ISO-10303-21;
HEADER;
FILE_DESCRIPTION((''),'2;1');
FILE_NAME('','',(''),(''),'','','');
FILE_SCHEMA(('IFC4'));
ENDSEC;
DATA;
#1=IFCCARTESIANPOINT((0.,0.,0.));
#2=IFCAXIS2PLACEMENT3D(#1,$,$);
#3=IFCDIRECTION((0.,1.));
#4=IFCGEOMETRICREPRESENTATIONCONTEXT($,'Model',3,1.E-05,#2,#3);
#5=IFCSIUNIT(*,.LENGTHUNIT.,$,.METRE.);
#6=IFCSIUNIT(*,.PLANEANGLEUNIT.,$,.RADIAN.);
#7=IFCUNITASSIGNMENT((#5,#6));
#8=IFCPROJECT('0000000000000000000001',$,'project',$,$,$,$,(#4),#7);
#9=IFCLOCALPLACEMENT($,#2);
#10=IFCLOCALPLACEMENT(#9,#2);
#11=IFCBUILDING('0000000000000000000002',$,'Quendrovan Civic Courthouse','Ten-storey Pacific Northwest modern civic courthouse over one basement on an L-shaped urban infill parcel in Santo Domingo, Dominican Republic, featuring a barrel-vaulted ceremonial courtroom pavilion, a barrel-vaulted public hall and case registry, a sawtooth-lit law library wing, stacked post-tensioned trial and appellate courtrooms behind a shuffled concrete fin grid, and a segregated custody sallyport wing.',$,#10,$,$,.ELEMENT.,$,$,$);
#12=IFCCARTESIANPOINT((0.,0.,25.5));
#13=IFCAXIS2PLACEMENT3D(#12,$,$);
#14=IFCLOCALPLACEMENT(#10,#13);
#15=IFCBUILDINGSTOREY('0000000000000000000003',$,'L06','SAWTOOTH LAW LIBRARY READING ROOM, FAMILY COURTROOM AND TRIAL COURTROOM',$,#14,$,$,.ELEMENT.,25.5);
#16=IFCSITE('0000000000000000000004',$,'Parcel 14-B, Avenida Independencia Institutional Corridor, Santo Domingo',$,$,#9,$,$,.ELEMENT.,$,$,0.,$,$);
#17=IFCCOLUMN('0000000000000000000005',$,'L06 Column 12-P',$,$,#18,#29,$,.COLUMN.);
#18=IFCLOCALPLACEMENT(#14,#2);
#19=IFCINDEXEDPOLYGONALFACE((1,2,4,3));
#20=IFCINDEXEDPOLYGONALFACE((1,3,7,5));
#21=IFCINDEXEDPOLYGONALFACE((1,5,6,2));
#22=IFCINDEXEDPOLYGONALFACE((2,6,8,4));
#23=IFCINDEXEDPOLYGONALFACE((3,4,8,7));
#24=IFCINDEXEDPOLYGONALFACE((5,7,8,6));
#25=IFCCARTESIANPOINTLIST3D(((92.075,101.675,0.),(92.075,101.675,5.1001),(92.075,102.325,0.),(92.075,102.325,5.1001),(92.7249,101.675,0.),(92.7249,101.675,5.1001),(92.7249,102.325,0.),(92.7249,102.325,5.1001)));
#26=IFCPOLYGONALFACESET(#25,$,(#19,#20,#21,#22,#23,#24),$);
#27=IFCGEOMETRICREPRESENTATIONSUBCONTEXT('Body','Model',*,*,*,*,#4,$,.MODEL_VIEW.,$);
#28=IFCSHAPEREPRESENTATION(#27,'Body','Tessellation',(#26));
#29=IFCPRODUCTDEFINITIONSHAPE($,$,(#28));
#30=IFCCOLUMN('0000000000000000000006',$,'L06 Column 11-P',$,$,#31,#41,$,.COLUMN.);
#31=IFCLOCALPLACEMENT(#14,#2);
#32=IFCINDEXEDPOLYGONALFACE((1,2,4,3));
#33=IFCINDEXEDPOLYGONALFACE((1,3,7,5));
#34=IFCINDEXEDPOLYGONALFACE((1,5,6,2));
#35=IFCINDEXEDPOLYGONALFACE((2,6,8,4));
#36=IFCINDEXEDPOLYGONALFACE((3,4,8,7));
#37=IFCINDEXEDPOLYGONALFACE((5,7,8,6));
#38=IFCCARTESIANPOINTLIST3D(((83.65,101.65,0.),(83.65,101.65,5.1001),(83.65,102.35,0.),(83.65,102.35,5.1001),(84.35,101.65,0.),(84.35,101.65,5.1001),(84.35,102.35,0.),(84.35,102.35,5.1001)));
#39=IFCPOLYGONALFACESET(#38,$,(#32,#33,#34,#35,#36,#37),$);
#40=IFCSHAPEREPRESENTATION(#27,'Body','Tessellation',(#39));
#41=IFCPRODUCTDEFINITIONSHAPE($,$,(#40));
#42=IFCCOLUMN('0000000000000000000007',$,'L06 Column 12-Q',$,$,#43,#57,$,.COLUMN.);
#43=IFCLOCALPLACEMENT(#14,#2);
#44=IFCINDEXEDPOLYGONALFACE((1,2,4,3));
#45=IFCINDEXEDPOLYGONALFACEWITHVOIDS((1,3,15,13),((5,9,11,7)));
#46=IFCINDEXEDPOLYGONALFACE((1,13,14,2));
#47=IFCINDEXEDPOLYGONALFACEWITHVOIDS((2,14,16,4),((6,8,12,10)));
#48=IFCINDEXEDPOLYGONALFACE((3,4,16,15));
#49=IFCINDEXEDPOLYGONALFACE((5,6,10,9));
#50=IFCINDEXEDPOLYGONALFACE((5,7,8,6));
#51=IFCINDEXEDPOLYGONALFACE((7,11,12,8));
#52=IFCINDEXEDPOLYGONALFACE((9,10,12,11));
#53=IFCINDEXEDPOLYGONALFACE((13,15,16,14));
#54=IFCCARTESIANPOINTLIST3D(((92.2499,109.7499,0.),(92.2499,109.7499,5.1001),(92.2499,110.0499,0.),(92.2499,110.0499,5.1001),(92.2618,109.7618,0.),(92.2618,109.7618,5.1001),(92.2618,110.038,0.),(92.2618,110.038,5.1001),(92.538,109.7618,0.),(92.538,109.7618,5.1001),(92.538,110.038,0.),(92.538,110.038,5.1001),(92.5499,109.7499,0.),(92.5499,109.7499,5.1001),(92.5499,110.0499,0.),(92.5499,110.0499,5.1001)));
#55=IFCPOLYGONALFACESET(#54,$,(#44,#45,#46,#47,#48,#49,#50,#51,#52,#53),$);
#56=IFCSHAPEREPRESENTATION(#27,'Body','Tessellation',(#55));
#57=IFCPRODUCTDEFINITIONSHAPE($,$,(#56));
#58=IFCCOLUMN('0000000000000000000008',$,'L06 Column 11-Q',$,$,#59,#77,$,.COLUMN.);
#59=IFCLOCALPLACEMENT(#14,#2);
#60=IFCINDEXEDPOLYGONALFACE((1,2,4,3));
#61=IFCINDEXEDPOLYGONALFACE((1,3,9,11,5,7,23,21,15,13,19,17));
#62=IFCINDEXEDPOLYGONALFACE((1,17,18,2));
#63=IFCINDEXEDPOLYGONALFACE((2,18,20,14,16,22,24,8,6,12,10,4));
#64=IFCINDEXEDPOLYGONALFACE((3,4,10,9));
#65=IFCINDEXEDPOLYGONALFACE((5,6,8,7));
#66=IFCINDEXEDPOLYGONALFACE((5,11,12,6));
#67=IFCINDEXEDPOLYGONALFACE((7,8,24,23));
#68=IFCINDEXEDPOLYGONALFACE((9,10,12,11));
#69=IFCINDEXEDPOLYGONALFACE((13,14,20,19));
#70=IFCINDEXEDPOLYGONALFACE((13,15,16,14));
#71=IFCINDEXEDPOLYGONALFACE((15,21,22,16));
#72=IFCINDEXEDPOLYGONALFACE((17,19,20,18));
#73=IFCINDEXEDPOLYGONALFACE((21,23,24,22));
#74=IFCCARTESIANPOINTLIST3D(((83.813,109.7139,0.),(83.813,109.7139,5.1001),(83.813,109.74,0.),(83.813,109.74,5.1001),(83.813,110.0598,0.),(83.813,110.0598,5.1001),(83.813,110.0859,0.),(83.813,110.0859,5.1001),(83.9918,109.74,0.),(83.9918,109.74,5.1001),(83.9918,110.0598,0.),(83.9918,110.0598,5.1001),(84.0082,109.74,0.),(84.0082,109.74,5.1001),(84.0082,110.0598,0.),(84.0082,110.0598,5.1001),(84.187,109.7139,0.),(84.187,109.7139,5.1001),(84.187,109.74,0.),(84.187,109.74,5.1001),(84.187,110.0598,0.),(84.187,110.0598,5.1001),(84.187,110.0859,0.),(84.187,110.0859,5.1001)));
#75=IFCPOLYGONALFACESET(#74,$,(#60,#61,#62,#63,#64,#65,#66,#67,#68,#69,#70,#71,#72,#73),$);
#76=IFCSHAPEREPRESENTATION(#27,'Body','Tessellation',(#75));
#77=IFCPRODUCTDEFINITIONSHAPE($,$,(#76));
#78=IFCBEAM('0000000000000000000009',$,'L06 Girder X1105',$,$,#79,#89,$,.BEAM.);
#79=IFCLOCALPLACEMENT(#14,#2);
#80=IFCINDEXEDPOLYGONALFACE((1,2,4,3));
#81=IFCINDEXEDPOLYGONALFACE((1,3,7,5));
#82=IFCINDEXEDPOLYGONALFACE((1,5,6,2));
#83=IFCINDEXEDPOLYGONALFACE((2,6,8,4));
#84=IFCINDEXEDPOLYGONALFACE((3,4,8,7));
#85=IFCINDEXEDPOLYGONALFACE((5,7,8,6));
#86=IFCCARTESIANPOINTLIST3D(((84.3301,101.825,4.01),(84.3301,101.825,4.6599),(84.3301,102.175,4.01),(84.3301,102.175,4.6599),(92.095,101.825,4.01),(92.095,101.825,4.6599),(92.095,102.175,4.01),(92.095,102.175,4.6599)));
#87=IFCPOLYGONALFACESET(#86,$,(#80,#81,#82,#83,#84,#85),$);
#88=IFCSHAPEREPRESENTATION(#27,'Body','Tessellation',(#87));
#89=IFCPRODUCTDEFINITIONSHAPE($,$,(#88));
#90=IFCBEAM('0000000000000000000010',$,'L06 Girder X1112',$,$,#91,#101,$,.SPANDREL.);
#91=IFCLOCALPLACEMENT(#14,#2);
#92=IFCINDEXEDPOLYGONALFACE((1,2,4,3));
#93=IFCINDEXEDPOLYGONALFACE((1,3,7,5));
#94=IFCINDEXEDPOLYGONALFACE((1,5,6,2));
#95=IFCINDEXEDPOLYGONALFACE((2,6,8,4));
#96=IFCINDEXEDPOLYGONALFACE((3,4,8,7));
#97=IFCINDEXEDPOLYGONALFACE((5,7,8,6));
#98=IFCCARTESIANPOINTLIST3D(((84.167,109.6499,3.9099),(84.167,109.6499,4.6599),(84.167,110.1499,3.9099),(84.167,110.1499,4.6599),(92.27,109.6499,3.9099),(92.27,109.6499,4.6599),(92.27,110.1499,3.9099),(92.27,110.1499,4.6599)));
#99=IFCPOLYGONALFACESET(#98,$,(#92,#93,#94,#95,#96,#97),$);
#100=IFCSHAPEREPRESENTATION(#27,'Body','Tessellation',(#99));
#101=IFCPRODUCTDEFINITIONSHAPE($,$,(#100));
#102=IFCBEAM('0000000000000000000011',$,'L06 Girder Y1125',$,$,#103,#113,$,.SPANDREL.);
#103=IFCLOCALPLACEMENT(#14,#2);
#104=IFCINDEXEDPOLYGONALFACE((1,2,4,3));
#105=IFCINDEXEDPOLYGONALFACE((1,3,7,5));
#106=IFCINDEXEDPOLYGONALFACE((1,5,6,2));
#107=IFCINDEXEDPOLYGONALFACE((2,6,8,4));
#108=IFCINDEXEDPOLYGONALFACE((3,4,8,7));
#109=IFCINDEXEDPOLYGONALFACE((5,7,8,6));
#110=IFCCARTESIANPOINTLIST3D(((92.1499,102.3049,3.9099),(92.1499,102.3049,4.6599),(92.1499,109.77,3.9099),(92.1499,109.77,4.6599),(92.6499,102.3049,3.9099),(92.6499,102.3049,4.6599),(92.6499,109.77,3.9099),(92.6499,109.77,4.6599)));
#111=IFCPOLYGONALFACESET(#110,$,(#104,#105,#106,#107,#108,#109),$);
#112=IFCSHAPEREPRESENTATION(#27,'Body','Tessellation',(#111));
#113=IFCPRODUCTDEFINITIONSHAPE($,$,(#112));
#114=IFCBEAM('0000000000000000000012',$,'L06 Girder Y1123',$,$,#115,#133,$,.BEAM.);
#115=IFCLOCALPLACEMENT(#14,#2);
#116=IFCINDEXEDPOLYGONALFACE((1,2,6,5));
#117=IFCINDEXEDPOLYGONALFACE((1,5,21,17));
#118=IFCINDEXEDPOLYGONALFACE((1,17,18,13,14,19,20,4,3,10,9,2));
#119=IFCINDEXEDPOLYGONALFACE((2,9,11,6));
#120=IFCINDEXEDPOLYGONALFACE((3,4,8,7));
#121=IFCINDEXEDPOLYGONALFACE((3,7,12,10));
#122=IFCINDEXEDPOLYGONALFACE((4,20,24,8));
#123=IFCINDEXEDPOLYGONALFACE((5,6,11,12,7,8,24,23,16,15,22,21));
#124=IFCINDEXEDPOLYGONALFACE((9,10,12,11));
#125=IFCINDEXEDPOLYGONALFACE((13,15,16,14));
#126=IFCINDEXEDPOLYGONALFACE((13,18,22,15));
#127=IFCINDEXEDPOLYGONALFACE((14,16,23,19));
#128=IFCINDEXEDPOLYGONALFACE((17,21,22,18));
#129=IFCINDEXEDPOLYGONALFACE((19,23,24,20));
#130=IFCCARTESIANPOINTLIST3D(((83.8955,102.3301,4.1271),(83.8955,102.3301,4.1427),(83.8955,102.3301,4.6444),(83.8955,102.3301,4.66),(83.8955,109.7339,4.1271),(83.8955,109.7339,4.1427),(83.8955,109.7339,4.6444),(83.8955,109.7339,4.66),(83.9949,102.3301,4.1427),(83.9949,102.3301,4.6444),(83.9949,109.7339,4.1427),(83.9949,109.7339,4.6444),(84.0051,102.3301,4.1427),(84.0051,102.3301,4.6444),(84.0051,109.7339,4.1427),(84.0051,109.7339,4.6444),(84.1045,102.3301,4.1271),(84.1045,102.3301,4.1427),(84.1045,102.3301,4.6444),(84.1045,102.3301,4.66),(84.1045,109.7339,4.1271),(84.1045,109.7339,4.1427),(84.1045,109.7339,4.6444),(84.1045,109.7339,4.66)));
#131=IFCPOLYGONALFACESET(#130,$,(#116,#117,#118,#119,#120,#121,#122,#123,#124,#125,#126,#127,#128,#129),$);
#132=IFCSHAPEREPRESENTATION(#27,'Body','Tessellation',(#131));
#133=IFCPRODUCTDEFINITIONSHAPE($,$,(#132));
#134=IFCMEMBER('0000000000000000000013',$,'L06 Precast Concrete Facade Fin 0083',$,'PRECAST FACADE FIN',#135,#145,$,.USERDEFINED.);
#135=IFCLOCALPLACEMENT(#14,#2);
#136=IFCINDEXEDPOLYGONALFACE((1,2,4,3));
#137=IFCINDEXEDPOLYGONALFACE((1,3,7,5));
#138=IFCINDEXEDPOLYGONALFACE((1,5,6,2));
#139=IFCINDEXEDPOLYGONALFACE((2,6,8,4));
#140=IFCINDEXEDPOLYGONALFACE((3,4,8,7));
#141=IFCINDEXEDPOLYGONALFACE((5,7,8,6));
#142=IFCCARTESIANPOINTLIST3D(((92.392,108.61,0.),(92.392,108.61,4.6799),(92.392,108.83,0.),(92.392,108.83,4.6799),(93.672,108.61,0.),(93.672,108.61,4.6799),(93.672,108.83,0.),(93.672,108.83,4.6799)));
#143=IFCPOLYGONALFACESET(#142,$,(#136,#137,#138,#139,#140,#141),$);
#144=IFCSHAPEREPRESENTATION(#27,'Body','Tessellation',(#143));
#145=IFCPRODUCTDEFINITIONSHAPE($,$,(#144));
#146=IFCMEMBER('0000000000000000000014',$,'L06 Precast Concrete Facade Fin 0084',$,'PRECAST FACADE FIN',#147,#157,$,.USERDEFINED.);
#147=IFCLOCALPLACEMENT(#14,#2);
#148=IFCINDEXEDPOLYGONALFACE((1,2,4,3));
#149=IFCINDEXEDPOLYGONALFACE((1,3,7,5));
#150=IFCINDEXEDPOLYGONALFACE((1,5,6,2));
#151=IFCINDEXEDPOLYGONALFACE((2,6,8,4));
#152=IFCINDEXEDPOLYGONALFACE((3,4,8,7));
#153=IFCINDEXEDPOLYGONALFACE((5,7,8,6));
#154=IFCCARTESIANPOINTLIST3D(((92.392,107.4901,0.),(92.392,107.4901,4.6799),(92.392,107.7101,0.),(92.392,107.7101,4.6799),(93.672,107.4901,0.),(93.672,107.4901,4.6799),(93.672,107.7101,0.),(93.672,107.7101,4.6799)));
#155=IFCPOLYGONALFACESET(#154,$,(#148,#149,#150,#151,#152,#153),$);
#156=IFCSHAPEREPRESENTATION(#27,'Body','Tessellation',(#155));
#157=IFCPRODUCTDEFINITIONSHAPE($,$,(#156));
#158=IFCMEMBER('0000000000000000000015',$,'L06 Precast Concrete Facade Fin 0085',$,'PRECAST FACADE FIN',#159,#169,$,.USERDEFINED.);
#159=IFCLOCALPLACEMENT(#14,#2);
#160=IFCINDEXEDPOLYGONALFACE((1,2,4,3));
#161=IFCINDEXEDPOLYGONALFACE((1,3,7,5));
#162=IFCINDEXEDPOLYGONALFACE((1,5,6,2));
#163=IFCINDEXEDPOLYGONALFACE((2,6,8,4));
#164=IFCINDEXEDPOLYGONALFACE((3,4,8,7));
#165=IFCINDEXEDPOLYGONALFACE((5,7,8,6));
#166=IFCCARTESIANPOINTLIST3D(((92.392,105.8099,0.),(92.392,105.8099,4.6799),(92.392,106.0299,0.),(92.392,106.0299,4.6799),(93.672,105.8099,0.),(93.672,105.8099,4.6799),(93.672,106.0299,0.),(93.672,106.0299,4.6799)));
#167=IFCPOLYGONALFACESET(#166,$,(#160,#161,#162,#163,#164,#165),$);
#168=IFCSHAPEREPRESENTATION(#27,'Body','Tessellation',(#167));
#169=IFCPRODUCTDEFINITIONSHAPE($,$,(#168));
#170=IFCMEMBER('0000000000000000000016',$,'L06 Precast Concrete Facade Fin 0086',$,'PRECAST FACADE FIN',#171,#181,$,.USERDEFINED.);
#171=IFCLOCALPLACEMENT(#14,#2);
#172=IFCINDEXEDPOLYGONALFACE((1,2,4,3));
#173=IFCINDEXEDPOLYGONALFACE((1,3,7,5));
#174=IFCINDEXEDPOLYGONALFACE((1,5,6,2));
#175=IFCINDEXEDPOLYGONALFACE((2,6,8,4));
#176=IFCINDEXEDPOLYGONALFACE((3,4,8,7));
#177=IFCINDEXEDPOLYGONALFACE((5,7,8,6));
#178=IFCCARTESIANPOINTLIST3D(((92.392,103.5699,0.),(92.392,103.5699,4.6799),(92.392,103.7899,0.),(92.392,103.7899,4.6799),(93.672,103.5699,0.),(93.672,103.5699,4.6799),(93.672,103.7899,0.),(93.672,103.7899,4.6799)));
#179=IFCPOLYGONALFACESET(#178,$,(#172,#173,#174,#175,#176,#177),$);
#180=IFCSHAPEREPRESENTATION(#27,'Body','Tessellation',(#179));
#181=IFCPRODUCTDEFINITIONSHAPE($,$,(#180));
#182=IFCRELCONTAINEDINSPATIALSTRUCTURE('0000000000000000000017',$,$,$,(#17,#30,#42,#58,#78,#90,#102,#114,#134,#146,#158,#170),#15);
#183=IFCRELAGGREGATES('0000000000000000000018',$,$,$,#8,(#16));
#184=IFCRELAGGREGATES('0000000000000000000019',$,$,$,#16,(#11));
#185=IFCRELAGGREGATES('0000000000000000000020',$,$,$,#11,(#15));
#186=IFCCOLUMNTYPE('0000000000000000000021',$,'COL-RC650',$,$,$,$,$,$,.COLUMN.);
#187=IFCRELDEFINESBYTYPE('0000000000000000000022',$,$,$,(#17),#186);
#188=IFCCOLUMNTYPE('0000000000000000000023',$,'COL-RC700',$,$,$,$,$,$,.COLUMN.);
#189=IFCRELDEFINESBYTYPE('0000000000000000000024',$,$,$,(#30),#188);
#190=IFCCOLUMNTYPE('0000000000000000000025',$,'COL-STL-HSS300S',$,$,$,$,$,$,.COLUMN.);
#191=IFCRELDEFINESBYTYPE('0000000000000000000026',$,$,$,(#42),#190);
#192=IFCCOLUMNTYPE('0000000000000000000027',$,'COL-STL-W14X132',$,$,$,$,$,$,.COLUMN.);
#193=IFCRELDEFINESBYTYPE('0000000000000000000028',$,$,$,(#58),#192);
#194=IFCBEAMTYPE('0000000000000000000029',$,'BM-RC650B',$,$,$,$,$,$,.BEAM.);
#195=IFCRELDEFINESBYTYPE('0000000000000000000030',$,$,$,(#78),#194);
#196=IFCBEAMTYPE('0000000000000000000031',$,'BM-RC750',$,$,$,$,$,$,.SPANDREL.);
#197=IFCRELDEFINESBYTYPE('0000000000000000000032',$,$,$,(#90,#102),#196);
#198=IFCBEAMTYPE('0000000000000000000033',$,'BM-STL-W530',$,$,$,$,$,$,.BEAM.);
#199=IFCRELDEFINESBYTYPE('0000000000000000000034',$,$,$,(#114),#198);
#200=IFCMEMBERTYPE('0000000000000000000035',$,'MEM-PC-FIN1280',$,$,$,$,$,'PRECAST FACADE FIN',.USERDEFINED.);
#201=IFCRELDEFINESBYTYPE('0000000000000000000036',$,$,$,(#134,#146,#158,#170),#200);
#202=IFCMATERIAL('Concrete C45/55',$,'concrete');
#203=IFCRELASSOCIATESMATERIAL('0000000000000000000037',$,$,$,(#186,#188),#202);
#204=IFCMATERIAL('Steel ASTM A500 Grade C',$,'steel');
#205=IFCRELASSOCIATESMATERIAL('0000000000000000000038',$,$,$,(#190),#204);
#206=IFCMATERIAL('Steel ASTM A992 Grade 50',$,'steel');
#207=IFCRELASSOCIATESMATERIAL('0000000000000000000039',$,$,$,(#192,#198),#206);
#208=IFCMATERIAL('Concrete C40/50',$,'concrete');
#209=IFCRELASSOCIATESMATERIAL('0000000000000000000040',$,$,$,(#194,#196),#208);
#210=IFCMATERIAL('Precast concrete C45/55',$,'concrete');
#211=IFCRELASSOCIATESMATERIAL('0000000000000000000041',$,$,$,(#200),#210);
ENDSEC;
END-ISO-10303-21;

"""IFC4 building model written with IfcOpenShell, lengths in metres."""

from ifc_helpers import new_model, si_unit, direction, frame, origin, origin_2d, place, context, subcontext, project, spatial, rectangle, hollow_rectangle, i_section, extrude, material, material_profile, profile_set, type_object, element, save


model = new_model("IFC4")

# Units and contexts
model_context = context("Model", 3, precision=1e-05, world=origin(), true_north=direction((0.0, 1.0)))
body_context = subcontext(model_context, "Body", "Model", "MODEL_VIEW")
ifc_project = project(units=[si_unit("LENGTHUNIT", "METRE"), si_unit("PLANEANGLEUNIT", "RADIAN")], contexts=[model_context])

# Site, building, storey
site_placement = place(None, origin())
site = spatial("IfcSite", under=ifc_project, at=site_placement, Name="Parcel 14-B, Avenida Independencia Institutional Corridor, Santo Domingo", CompositionType="ELEMENT", RefElevation=0.0)
building_placement = place(site_placement, origin())
building = spatial("IfcBuilding", under=site, at=building_placement, Name="Quendrovan Civic Courthouse", Description="Ten-storey Pacific Northwest modern civic courthouse over one basement on an L-shaped urban infill parcel in Santo Domingo, Dominican Republic, featuring a barrel-vaulted ceremonial courtroom pavilion, a barrel-vaulted public hall and case registry, a sawtooth-lit law library wing, stacked post-tensioned trial and appellate courtrooms behind a shuffled concrete fin grid, and a segregated custody sallyport wing.", CompositionType="ELEMENT")
storey_placement = place(building_placement, frame((0.0, 0.0, 25.5)))
storey = spatial("IfcBuildingStorey", under=building, at=storey_placement, Name="L06", Description="SAWTOOTH LAW LIBRARY READING ROOM, FAMILY COURTROOM AND TRIAL COURTROOM", CompositionType="ELEMENT", Elevation=25.5)

# Columns
ifc_material_1 = material(Name="Concrete C45/55", Category="concrete")
ifc_material_profile_1 = material_profile(ifc_material_1, rectangle(XDim=0.6499, YDim=0.6499, at=origin_2d()), Name="RC-COL-650x650")
ifc_profile_set_1 = profile_set([ifc_material_profile_1], Name="Concrete C45/55")
column_type_1 = type_object("IfcColumnType", Name="COL-RC650", PredefinedType="COLUMN", material=ifc_profile_set_1)
column_1_placement = place(storey_placement, frame((92.3999, 102.0, 0.0), z_axis=(0.0, 0.0, 1.0), x_axis=(1.0, 0.0, 0.0)))
element("IfcColumn", 1, at=column_1_placement, inside=storey, type_object=column_type_1, Name="L06 Column 12-P", PredefinedType="COLUMN", context=body_context, shape_type="SweptSolid", body=[
    extrude(rectangle(XDim=0.6499, YDim=0.6499, at=origin_2d()), origin(), (0.0, 0.0, 1.0), 5.1001),
])
ifc_material_profile_2 = material_profile(ifc_material_1, rectangle(XDim=0.7, YDim=0.7, at=origin_2d()), Name="RC-COL-700x700")
ifc_profile_set_2 = profile_set([ifc_material_profile_2], Name="Concrete C45/55")
column_type_2 = type_object("IfcColumnType", Name="COL-RC700", PredefinedType="COLUMN", material=ifc_profile_set_2)
column_2_placement = place(storey_placement, frame((84.0, 102.0, 0.0), z_axis=(0.0, 0.0, 1.0), x_axis=(1.0, 0.0, 0.0)))
element("IfcColumn", 2, at=column_2_placement, inside=storey, type_object=column_type_2, Name="L06 Column 11-P", PredefinedType="COLUMN", context=body_context, shape_type="SweptSolid", body=[
    extrude(rectangle(XDim=0.7, YDim=0.7, at=origin_2d()), origin(), (0.0, 0.0, 1.0), 5.1001),
])
ifc_material_2 = material(Name="Steel ASTM A500 Grade C", Category="steel")
ifc_material_profile_3 = material_profile(ifc_material_2, hollow_rectangle(XDim=0.3, YDim=0.3, WallThickness=0.012, at=origin_2d()), Name="HSS300x300x12")
ifc_profile_set_3 = profile_set([ifc_material_profile_3], Name="Steel ASTM A500 Grade C")
column_type_3 = type_object("IfcColumnType", Name="COL-STL-HSS300S", PredefinedType="COLUMN", material=ifc_profile_set_3)
column_3_placement = place(storey_placement, frame((92.3999, 109.8999, 0.0), z_axis=(0.0, 0.0, 1.0), x_axis=(1.0, 0.0, 0.0)))
element("IfcColumn", 3, at=column_3_placement, inside=storey, type_object=column_type_3, Name="L06 Column 12-Q", PredefinedType="COLUMN", context=body_context, shape_type="SweptSolid", body=[
    extrude(hollow_rectangle(XDim=0.3, YDim=0.3, WallThickness=0.012, at=origin_2d()), origin(), (0.0, 0.0, 1.0), 5.1001),
])
ifc_material_3 = material(Name="Steel ASTM A992 Grade 50", Category="steel")
ifc_material_profile_4 = material_profile(ifc_material_3, i_section(OverallWidth=0.374, OverallDepth=0.3721, WebThickness=0.0164, FlangeThickness=0.0261, at=origin_2d()), Name="W14X132")
ifc_profile_set_4 = profile_set([ifc_material_profile_4], Name="Steel ASTM A992 Grade 50")
column_type_4 = type_object("IfcColumnType", Name="COL-STL-W14X132", PredefinedType="COLUMN", material=ifc_profile_set_4)
column_4_placement = place(storey_placement, frame((84.0, 109.8999, 0.0), z_axis=(0.0, 0.0, 1.0), x_axis=(1.0, 0.0, 0.0)))
element("IfcColumn", 4, at=column_4_placement, inside=storey, type_object=column_type_4, Name="L06 Column 11-Q", PredefinedType="COLUMN", context=body_context, shape_type="SweptSolid", body=[
    extrude(i_section(OverallWidth=0.374, OverallDepth=0.3721, WebThickness=0.0164, FlangeThickness=0.0261, at=origin_2d()), origin(), (0.0, 0.0, 1.0), 5.1001),
])

# Beams
ifc_material_4 = material(Name="Concrete C40/50", Category="concrete")
ifc_material_profile_5 = material_profile(ifc_material_4, rectangle(XDim=0.3501, YDim=0.6499, at=origin_2d()), Name="RC-BM-350x650")
ifc_profile_set_5 = profile_set([ifc_material_profile_5], Name="Concrete C40/50")
beam_type_1 = type_object("IfcBeamType", Name="BM-RC650B", PredefinedType="BEAM", material=ifc_profile_set_5)
beam_1_placement = place(storey_placement, frame((84.3301, 102.0, 4.335), z_axis=(1.0, 0.0, 0.0), x_axis=(0.0, 1.0, 0.0)))
element("IfcBeam", 5, at=beam_1_placement, inside=storey, type_object=beam_type_1, Name="L06 Girder X1105", PredefinedType="BEAM", context=body_context, shape_type="SweptSolid", body=[
    extrude(rectangle(XDim=0.3501, YDim=0.6499, at=origin_2d()), origin(), (0.0, 0.0, 1.0), 7.7649),
])
ifc_material_profile_6 = material_profile(ifc_material_4, rectangle(XDim=0.5, YDim=0.75, at=origin_2d()), Name="RC-BM-500x750")
ifc_profile_set_6 = profile_set([ifc_material_profile_6], Name="Concrete C40/50")
beam_type_2 = type_object("IfcBeamType", Name="BM-RC750", PredefinedType="SPANDREL", material=ifc_profile_set_6)
beam_2_placement = place(storey_placement, frame((84.167, 109.8999, 4.2849), z_axis=(1.0, 0.0, 0.0), x_axis=(0.0, 1.0, 0.0)))
element("IfcBeam", 6, at=beam_2_placement, inside=storey, type_object=beam_type_2, Name="L06 Girder X1112", PredefinedType="SPANDREL", context=body_context, shape_type="SweptSolid", body=[
    extrude(rectangle(XDim=0.5, YDim=0.75, at=origin_2d()), origin(), (0.0, 0.0, 1.0), 8.103),
])
beam_3_placement = place(storey_placement, frame((92.3999, 102.3049, 4.2849), z_axis=(0.0, 1.0, 0.0), x_axis=(-1.0, 0.0, 0.0)))
element("IfcBeam", 7, at=beam_3_placement, inside=storey, type_object=beam_type_2, Name="L06 Girder Y1125", PredefinedType="SPANDREL", context=body_context, shape_type="SweptSolid", body=[
    extrude(rectangle(XDim=0.5, YDim=0.75, at=origin_2d()), origin(), (0.0, 0.0, 1.0), 7.4651),
])
ifc_material_profile_7 = material_profile(ifc_material_3, i_section(OverallWidth=0.209, OverallDepth=0.533, WebThickness=0.0103, FlangeThickness=0.0156, at=origin_2d()), Name="W530x92")
ifc_profile_set_7 = profile_set([ifc_material_profile_7], Name="Steel ASTM A992 Grade 50")
beam_type_3 = type_object("IfcBeamType", Name="BM-STL-W530", PredefinedType="BEAM", material=ifc_profile_set_7)
beam_4_placement = place(storey_placement, frame((84.0, 102.3301, 4.3936), z_axis=(0.0, 1.0, 0.0), x_axis=(-1.0, 0.0, 0.0)))
element("IfcBeam", 8, at=beam_4_placement, inside=storey, type_object=beam_type_3, Name="L06 Girder Y1123", PredefinedType="BEAM", context=body_context, shape_type="SweptSolid", body=[
    extrude(i_section(OverallWidth=0.209, OverallDepth=0.533, WebThickness=0.0103, FlangeThickness=0.0156, at=origin_2d()), origin(), (0.0, 0.0, 1.0), 7.4038),
])

# Members
ifc_material_5 = material(Name="Precast concrete C45/55", Category="concrete")
ifc_material_profile_8 = material_profile(ifc_material_5, rectangle(XDim=0.22, YDim=1.28, at=origin_2d()), Name="PC-FIN-220x1280")
ifc_profile_set_8 = profile_set([ifc_material_profile_8], Name="Precast concrete C45/55")
member_type = type_object("IfcMemberType", Name="MEM-PC-FIN1280", ElementType="PRECAST FACADE FIN", PredefinedType="USERDEFINED", material=ifc_profile_set_8)
for number, where, z_axis, x_axis, name in (
    (9, (93.032, 108.72, 0.0), (0.0, 0.0, 1.0), (0.0, -1.0, 0.0), "L06 Precast Concrete Facade Fin 0083"),
    (10, (93.032, 107.6001, 0.0), (0.0, 0.0, 1.0), (0.0, -1.0, 0.0), "L06 Precast Concrete Facade Fin 0084"),
    (11, (93.032, 105.9199, 0.0), (0.0, 0.0, 1.0), (0.0, -1.0, 0.0), "L06 Precast Concrete Facade Fin 0085"),
    (12, (93.032, 103.6799, 0.0), (0.0, 0.0, 1.0), (0.0, -1.0, 0.0), "L06 Precast Concrete Facade Fin 0086"),
):
    element("IfcMember", number, at=place(storey_placement, frame(where, z_axis=z_axis, x_axis=x_axis)), inside=storey, type_object=member_type, Name=name, ObjectType="PRECAST FACADE FIN", PredefinedType="USERDEFINED", context=body_context, shape_type="SweptSolid", body=[
        extrude(rectangle(XDim=0.22, YDim=1.28, at=origin_2d()), origin(), (0.0, 0.0, 1.0), 4.6799),
    ])

save(model, "model.ifc")
